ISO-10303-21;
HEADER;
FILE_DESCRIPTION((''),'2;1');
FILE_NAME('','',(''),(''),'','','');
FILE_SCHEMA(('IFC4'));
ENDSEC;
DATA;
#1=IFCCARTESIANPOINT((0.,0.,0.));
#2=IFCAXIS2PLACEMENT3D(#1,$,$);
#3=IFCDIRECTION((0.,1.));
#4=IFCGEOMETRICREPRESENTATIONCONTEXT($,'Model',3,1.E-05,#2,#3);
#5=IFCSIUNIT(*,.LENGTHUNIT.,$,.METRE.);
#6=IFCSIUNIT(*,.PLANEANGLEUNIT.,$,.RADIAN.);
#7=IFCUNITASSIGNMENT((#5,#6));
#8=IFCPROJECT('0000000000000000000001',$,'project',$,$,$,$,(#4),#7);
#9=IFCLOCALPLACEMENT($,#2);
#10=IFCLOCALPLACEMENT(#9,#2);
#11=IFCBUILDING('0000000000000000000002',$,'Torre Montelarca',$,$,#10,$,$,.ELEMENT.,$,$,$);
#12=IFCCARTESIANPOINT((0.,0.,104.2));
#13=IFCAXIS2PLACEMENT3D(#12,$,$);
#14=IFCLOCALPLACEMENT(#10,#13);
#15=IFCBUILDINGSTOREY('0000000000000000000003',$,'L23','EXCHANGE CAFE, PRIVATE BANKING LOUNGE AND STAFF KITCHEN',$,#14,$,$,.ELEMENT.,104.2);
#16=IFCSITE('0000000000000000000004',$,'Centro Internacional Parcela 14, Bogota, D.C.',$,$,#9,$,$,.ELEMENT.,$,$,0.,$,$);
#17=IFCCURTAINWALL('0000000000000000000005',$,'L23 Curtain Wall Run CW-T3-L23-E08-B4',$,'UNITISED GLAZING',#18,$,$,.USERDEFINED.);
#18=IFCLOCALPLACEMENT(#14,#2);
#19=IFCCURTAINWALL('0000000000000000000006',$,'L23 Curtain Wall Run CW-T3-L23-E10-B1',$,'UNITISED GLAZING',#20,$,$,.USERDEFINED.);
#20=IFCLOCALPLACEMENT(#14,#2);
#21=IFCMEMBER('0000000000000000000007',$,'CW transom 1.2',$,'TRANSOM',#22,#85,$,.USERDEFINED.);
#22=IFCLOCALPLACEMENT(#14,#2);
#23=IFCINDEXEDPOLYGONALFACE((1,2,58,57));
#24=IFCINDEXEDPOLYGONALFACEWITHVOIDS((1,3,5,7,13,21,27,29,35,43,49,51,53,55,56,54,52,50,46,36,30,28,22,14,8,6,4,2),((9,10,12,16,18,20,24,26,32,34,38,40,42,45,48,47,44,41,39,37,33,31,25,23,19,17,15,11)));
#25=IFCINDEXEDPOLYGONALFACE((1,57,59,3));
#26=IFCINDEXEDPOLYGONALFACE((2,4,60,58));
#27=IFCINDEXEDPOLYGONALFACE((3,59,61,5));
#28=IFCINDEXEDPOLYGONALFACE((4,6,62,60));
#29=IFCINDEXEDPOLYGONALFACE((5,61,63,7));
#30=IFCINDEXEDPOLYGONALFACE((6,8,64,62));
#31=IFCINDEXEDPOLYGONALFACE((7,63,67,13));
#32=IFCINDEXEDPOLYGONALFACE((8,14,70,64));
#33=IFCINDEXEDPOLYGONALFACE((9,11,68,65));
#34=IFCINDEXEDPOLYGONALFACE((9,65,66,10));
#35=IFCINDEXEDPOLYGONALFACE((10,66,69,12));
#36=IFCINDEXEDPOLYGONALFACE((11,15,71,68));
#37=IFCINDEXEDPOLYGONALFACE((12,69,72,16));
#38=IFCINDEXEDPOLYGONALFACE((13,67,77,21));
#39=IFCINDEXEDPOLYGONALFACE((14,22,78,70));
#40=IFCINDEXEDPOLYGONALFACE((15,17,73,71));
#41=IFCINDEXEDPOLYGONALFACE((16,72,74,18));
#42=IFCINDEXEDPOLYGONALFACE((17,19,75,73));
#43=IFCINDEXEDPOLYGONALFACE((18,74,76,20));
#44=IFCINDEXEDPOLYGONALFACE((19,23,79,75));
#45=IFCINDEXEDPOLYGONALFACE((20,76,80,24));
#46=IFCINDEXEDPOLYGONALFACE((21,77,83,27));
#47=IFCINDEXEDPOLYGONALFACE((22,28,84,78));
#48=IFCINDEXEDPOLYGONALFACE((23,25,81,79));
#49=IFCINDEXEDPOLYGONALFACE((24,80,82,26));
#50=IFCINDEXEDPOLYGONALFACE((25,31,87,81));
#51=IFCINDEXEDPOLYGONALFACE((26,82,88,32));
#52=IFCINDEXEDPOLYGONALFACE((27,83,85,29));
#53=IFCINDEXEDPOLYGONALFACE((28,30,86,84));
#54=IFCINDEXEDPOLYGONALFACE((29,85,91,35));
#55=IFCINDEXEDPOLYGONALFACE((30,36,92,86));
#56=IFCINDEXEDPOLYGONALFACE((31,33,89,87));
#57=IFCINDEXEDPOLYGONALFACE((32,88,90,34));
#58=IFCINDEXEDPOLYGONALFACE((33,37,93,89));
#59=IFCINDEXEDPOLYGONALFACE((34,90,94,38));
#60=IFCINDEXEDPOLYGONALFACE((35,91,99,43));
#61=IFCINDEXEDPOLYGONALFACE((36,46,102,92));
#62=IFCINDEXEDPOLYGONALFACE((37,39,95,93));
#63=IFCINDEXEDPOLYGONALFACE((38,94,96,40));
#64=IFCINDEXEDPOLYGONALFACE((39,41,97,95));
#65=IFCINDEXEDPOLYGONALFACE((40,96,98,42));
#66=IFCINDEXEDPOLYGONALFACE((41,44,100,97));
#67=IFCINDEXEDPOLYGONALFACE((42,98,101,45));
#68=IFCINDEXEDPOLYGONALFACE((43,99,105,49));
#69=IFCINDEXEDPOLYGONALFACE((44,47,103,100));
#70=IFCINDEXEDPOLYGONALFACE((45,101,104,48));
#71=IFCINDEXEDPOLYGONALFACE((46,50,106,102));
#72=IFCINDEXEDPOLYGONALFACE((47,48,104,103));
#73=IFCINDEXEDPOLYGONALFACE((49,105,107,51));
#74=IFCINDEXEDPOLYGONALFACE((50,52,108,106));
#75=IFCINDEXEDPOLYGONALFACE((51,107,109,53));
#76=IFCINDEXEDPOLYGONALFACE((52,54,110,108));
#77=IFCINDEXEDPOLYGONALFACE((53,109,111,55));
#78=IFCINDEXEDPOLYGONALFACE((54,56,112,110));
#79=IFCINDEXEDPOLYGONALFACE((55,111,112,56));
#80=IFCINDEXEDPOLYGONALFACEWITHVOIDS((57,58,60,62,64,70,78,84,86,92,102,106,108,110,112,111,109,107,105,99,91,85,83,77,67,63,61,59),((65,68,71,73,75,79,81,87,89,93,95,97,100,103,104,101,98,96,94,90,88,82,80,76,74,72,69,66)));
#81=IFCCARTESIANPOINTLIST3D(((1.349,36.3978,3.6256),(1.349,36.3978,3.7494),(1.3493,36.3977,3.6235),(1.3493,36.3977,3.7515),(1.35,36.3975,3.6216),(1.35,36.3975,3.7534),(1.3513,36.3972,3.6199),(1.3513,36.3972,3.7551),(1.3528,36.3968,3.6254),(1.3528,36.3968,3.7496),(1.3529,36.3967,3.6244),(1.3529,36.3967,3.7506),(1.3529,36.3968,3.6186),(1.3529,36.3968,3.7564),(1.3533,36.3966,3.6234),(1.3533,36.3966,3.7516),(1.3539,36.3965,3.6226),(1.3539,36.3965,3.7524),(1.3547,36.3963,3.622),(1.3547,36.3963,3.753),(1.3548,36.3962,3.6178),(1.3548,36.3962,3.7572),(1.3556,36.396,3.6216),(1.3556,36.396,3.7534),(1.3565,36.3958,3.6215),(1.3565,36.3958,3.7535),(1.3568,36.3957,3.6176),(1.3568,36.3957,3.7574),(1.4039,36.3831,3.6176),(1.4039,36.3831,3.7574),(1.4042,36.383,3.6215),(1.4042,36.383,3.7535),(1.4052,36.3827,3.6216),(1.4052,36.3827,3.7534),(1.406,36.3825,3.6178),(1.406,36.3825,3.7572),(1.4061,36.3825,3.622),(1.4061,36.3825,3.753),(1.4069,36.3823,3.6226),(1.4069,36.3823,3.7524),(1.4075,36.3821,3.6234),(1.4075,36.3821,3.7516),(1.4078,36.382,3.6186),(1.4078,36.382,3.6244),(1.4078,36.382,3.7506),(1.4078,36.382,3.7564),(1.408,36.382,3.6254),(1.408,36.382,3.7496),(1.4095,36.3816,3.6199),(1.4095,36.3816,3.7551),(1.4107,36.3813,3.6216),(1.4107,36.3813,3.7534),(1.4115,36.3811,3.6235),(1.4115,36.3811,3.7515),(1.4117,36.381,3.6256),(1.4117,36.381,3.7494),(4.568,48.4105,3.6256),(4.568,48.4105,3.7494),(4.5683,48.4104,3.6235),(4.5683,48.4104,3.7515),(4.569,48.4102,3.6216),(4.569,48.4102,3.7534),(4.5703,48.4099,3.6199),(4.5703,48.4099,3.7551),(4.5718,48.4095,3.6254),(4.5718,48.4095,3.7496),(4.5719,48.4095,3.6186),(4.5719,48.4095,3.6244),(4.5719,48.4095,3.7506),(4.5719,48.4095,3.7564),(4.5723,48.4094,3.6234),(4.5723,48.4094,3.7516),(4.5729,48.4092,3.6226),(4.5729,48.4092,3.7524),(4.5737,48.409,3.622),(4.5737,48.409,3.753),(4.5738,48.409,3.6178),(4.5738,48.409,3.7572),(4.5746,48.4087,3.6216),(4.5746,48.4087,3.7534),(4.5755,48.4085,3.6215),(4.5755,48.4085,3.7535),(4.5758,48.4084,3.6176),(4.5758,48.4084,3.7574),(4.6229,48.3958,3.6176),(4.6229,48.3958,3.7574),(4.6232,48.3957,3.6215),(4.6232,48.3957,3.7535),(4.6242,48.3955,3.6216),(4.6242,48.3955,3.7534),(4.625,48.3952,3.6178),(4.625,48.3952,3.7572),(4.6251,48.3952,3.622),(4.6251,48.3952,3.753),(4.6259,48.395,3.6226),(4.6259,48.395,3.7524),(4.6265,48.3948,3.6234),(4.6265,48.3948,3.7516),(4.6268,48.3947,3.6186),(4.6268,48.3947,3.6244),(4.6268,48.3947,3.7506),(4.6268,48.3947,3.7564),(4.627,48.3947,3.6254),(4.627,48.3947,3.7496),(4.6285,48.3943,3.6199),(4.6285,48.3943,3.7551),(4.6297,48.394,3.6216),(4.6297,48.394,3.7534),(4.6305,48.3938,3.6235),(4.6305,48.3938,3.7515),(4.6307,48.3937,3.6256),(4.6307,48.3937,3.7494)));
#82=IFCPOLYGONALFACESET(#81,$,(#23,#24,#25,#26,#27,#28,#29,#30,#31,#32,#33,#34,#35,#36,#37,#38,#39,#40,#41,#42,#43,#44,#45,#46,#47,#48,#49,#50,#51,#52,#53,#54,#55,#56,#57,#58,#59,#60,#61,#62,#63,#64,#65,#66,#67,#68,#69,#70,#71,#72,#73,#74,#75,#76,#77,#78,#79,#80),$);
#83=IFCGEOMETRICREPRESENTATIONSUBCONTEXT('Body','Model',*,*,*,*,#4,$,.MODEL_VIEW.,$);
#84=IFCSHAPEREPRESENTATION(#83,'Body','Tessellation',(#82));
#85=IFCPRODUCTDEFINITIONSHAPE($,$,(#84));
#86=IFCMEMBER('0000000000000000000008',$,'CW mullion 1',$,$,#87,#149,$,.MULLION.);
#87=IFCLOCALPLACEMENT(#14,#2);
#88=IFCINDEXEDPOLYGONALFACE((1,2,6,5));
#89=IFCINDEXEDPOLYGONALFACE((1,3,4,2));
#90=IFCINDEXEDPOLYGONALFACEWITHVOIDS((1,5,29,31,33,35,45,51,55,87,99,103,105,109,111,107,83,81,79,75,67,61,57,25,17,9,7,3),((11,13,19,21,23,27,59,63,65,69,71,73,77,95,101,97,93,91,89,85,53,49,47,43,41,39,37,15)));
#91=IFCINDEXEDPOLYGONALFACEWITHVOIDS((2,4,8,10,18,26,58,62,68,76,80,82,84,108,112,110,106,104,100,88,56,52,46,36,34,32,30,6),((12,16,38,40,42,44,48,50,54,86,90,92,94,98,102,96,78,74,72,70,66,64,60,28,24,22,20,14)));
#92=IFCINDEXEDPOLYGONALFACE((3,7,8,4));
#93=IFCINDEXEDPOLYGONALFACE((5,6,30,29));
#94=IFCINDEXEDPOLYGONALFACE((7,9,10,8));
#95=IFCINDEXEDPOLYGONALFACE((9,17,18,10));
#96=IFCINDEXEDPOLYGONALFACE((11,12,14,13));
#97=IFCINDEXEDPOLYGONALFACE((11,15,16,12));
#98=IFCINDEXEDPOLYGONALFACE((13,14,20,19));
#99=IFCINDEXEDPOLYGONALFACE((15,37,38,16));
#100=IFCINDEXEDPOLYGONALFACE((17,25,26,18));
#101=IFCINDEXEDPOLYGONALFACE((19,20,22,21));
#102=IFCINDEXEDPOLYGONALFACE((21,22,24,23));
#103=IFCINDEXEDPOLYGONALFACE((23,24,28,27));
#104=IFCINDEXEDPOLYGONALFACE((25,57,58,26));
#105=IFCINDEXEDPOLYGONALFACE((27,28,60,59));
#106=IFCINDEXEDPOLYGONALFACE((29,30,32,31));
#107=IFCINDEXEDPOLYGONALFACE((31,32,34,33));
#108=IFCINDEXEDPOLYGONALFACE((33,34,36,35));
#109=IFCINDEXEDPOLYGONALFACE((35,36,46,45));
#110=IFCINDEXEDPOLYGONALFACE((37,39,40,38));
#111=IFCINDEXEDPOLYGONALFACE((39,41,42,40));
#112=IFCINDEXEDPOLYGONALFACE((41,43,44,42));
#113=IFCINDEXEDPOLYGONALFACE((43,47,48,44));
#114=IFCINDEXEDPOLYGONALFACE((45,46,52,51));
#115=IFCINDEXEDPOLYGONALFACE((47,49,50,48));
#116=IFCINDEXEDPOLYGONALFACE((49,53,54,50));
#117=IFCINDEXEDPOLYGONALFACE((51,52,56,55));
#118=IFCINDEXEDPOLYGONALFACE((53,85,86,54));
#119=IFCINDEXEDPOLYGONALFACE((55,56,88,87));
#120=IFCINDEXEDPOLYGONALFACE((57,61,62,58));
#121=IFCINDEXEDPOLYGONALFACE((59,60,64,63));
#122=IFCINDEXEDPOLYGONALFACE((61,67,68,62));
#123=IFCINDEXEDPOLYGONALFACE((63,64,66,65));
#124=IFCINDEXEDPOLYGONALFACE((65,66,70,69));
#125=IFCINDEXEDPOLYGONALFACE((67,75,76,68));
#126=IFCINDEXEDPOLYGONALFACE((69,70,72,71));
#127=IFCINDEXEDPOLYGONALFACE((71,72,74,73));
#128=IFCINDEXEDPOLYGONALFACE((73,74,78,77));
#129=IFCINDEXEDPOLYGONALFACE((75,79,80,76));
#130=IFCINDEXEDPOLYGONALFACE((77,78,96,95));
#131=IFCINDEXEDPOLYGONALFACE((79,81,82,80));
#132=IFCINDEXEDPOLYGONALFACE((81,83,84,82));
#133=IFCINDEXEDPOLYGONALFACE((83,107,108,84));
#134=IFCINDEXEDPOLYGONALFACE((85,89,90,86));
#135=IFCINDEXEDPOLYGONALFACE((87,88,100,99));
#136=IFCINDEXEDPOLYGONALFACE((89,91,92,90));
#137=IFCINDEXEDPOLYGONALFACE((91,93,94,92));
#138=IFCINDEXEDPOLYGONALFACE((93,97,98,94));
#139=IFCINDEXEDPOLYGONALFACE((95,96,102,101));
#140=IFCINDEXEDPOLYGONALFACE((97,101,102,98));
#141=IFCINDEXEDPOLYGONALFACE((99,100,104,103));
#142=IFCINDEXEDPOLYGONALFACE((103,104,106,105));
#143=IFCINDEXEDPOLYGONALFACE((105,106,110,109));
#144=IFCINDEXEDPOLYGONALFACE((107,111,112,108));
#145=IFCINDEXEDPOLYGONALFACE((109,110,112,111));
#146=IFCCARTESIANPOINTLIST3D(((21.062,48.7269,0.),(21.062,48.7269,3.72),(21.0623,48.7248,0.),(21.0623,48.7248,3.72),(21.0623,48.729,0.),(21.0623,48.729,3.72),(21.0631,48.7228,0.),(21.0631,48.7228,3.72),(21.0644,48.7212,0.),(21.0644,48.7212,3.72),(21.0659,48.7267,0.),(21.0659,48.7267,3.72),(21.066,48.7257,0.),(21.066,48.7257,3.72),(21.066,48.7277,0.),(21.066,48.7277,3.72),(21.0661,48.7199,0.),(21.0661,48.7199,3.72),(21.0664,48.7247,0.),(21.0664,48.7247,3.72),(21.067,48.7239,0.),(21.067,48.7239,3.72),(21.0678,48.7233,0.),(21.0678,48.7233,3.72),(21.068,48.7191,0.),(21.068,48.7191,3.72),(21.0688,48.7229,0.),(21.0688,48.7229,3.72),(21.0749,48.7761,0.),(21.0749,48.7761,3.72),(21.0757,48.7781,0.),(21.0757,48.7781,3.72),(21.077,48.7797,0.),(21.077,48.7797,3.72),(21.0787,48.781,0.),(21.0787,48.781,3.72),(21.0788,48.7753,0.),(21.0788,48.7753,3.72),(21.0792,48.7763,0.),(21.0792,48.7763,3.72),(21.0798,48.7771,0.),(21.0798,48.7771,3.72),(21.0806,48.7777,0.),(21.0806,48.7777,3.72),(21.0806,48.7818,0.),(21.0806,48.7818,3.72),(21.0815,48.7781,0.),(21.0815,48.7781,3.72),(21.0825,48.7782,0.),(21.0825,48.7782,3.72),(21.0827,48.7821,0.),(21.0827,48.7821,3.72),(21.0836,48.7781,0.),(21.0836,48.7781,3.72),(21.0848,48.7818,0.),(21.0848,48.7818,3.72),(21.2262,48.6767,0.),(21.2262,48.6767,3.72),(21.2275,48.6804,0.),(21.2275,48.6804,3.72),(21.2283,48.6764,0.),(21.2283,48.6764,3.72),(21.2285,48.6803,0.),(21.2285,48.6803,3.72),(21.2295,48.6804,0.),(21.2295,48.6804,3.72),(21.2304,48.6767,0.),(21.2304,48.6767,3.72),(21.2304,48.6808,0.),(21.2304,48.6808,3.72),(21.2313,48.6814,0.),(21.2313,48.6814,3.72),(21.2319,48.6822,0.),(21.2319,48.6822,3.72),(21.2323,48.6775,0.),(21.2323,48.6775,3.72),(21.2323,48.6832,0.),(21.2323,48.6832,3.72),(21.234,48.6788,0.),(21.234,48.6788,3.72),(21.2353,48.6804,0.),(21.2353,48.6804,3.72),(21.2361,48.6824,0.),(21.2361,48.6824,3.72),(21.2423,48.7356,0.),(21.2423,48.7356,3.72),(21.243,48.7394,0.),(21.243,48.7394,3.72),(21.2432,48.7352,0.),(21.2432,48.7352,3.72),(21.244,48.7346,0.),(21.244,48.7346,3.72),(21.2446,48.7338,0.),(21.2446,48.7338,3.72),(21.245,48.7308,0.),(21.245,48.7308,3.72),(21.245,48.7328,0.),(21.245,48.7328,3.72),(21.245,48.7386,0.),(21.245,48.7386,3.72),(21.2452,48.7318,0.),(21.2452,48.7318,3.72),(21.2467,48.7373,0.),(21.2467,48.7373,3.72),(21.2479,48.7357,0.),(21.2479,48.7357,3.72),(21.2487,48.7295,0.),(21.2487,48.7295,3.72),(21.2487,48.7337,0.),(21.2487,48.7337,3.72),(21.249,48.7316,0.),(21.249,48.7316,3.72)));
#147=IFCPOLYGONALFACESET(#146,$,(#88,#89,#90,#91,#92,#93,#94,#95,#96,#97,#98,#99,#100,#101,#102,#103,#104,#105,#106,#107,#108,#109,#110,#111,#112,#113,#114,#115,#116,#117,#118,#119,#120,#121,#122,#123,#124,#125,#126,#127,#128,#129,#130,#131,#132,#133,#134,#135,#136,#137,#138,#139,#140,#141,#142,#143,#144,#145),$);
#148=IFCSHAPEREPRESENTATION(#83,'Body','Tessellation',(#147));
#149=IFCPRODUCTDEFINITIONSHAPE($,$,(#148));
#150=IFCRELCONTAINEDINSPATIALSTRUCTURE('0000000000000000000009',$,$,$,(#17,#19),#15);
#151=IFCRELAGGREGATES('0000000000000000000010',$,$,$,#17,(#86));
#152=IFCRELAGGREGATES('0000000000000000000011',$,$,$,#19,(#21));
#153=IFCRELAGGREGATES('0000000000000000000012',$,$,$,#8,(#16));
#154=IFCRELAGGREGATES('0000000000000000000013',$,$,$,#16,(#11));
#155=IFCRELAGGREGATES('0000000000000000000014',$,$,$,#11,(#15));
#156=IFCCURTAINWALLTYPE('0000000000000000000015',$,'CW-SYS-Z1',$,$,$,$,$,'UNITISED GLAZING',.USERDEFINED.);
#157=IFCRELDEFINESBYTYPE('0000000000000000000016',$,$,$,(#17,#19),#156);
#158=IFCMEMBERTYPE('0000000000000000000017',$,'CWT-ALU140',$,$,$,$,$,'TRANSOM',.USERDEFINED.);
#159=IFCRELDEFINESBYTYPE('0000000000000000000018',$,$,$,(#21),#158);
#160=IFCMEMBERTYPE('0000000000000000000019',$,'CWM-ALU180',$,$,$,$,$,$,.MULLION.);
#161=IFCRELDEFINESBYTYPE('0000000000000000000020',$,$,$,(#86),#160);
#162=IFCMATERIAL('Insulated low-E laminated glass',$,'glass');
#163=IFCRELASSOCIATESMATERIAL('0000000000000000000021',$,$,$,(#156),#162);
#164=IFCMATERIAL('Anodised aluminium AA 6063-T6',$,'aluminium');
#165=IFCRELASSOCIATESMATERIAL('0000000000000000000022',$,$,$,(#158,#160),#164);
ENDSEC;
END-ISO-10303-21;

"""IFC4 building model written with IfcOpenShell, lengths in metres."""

from ifc_helpers import new_model, si_unit, direction, frame, origin, origin_2d, place, context, subcontext, project, spatial, hollow_rectangle, extrude, source, transform, mapped, material, material_profile, profile_set, type_object, element, aggregate, save


model = new_model("IFC4")

# Units and contexts
model_context = context("Model", 3, precision=1e-05, world=origin(), true_north=direction((0.0, 1.0)))
body_context = subcontext(model_context, "Body", "Model", "MODEL_VIEW")
ifc_project = project(units=[si_unit("LENGTHUNIT", "METRE"), si_unit("PLANEANGLEUNIT", "RADIAN")], contexts=[model_context])

# Site, building, storey
site_placement = place(None, origin())
site = spatial("IfcSite", under=ifc_project, at=site_placement, Name="Centro Internacional Parcela 14, Bogota, D.C.", CompositionType="ELEMENT", RefElevation=0.0)
building_placement = place(site_placement, origin())
building = spatial("IfcBuilding", under=site, at=building_placement, Name="Torre Montelarca", CompositionType="ELEMENT")
storey_placement = place(building_placement, frame((0.0, 0.0, 104.2)))
storey = spatial("IfcBuildingStorey", under=building, at=storey_placement, Name="L23", Description="EXCHANGE CAFE, PRIVATE BANKING LOUNGE AND STAFF KITCHEN", CompositionType="ELEMENT", Elevation=104.2)

# Curtain walls, member
ifc_material_1 = material(Name="Insulated low-E laminated glass", Category="glass")
curtain_wall_type = type_object("IfcCurtainWallType", Name="CW-SYS-Z1", ElementType="UNITISED GLAZING", PredefinedType="USERDEFINED", material=ifc_material_1)
ifc_material_2 = material(Name="Anodised aluminium AA 6063-T6", Category="aluminium")
ifc_material_profile_1 = material_profile(ifc_material_2, hollow_rectangle(XDim=0.0649, YDim=0.1399, WallThickness=0.0039, InnerFilletRadius=0.0039, OuterFilletRadius=0.0081, at=origin_2d()), Name="ALU65X140X4", Category="aluminium")
ifc_profile_set_1 = profile_set([ifc_material_profile_1], Name="Anodised aluminium AA 6063-T6")
member_type_1 = type_object("IfcMemberType", Name="CWT-ALU140", ElementType="TRANSOM", PredefinedType="USERDEFINED", material=ifc_profile_set_1)
curtain_wall_1_placement = place(storey_placement, origin())
curtain_wall_1 = element("IfcCurtainWall", 1, at=curtain_wall_1_placement, inside=storey, type_object=curtain_wall_type, Name="L23 Curtain Wall Run CW-T3-L23-E08-B4", ObjectType="UNITISED GLAZING", PredefinedType="USERDEFINED")
curtain_wall_2_placement = place(storey_placement, origin())
curtain_wall_2 = element("IfcCurtainWall", 2, at=curtain_wall_2_placement, inside=storey, type_object=curtain_wall_type, Name="L23 Curtain Wall Run CW-T3-L23-E10-B1", ObjectType="UNITISED GLAZING", PredefinedType="USERDEFINED")
shared_shape_1 = source(origin(), body_context, "Body", "SweptSolid", [
    extrude(hollow_rectangle(XDim=0.0649, YDim=0.1399, WallThickness=0.0039, InnerFilletRadius=0.0039, OuterFilletRadius=0.0081, at=origin_2d()), origin(), (0.0, 0.0, 1.0), 12.4365),
])
member_1_placement = place(storey_placement, frame((4.5994, 48.4021, 3.6875), z_axis=(-0.258834, -0.965922, 0.0), x_axis=(0.965922, -0.258834, 0.0)))
member_1 = element("IfcMember", 3, at=member_1_placement, type_object=member_type_1, Name="CW transom 1.2", ObjectType="TRANSOM", PredefinedType="USERDEFINED", context=body_context, shape_type="MappedRepresentation", body=[
    mapped(shared_shape_1, transform((0.0, 0.0, 0.0), scale=1.0)),
])

# Member
ifc_material_profile_2 = material_profile(ifc_material_2, hollow_rectangle(XDim=0.0649, YDim=0.1799, WallThickness=0.0039, InnerFilletRadius=0.0039, OuterFilletRadius=0.0081, at=origin_2d()), Name="ALU65X180X4", Category="aluminium")
ifc_profile_set_2 = profile_set([ifc_material_profile_2], Name="Anodised aluminium AA 6063-T6")
member_type_2 = type_object("IfcMemberType", Name="CWM-ALU180", PredefinedType="MULLION", material=ifc_profile_set_2)
shared_shape_2 = source(origin(), body_context, "Body", "SweptSolid", [
    extrude(hollow_rectangle(XDim=0.0649, YDim=0.1799, WallThickness=0.0039, InnerFilletRadius=0.0039, OuterFilletRadius=0.0081, at=origin_2d()), origin(), (0.0, 0.0, 1.0), 3.72),
])
member_2_placement = place(storey_placement, frame((21.1555, 48.7292, 0.0), z_axis=(0.0, 0.0, 1.0), x_axis=(-0.258816, -0.965927, 0.0)))
member_2 = element("IfcMember", 4, at=member_2_placement, type_object=member_type_2, Name="CW mullion 1", PredefinedType="MULLION", context=body_context, shape_type="MappedRepresentation", body=[
    mapped(shared_shape_2, transform((0.0, 0.0, 0.0), scale=1.0)),
])

aggregate(curtain_wall_1, [member_2])
aggregate(curtain_wall_2, [member_1])

save(model, "model.ifc")
